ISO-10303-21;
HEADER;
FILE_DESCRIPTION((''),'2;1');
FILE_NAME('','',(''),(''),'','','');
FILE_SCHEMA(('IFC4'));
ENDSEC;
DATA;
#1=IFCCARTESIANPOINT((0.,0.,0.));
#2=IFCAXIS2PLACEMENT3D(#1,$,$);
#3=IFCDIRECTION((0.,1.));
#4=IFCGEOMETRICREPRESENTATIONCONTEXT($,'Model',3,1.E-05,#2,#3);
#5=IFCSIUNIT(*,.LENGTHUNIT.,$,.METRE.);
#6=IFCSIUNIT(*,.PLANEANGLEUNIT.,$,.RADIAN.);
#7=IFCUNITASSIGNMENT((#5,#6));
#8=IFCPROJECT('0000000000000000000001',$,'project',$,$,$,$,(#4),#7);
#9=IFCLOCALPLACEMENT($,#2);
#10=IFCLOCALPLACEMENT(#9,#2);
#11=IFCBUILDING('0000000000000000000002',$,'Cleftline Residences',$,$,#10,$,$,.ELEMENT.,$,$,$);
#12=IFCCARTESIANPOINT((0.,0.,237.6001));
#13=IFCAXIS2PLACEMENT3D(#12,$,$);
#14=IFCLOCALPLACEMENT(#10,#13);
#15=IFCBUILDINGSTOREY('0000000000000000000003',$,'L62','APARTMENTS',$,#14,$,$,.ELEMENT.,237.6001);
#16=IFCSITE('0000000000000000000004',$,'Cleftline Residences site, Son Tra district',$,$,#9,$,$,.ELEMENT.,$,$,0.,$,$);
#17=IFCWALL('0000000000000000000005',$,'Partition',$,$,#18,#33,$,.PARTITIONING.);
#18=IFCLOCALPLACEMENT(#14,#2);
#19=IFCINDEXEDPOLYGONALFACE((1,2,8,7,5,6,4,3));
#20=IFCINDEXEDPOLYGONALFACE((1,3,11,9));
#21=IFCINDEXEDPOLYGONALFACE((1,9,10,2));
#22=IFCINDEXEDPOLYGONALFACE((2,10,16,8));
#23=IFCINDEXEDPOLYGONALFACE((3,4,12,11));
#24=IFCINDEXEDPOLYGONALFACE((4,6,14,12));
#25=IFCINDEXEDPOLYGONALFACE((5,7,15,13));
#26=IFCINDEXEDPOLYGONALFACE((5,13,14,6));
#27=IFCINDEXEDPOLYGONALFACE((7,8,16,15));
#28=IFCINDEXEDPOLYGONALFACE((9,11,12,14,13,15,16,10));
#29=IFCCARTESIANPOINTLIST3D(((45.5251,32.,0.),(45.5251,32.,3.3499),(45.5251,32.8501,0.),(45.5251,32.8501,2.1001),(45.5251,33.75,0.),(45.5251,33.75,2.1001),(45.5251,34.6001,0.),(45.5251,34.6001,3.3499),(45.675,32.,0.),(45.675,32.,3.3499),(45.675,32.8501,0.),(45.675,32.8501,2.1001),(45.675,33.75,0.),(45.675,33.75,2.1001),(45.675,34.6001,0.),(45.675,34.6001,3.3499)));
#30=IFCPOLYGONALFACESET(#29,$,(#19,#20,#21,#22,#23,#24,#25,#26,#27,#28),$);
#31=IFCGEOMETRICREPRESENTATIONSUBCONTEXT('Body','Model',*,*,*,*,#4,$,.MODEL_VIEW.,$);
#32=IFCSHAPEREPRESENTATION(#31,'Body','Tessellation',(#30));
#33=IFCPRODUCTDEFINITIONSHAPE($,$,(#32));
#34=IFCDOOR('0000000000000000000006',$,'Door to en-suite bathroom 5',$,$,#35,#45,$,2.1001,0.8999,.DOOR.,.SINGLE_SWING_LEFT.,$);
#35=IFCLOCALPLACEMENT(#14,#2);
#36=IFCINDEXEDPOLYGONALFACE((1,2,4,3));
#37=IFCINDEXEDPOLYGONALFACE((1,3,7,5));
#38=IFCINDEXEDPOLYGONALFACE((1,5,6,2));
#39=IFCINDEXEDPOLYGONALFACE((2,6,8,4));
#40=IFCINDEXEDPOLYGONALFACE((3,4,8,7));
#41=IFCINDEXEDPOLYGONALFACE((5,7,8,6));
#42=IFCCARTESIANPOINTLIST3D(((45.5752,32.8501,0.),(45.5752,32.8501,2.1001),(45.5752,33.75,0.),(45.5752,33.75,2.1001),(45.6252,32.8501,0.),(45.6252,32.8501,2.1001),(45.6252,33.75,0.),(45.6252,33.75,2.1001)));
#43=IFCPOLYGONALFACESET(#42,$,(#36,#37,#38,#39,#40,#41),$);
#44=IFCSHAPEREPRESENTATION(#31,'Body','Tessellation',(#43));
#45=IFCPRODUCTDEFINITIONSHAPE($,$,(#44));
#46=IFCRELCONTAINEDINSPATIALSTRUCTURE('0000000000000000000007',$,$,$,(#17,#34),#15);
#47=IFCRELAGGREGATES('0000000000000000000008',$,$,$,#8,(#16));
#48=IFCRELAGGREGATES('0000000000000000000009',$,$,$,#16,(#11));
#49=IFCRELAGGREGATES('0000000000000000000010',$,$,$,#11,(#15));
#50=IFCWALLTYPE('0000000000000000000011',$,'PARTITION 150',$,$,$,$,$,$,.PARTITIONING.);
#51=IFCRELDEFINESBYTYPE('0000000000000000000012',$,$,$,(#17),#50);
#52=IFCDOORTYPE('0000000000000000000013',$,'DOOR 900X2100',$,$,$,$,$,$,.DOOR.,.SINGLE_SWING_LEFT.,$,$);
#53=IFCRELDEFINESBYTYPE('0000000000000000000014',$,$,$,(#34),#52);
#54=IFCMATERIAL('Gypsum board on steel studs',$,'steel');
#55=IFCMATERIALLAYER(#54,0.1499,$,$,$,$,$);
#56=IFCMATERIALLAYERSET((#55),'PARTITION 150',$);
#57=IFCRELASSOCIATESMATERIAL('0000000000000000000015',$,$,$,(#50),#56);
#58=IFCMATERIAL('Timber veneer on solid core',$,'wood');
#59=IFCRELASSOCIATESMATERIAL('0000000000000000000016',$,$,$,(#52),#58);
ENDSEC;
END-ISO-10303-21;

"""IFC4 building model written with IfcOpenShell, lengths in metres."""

from ifc_helpers import new_model, si_unit, direction, frame, frame_2d, origin, place, context, subcontext, project, spatial, rectangle, extrude, material, layer, layer_set, type_object, element, fill, save


model = new_model("IFC4")

# Units and contexts
model_context = context("Model", 3, precision=1e-05, world=origin(), true_north=direction((0.0, 1.0)))
body_context = subcontext(model_context, "Body", "Model", "MODEL_VIEW")
ifc_project = project(units=[si_unit("LENGTHUNIT", "METRE"), si_unit("PLANEANGLEUNIT", "RADIAN")], contexts=[model_context])

# Site, building, storey
site_placement = place(None, origin())
site = spatial("IfcSite", under=ifc_project, at=site_placement, Name="Cleftline Residences site, Son Tra district", CompositionType="ELEMENT", RefElevation=0.0)
building_placement = place(site_placement, origin())
building = spatial("IfcBuilding", under=site, at=building_placement, Name="Cleftline Residences", CompositionType="ELEMENT")
storey_placement = place(building_placement, frame((0.0, 0.0, 237.6001)))
storey = spatial("IfcBuildingStorey", under=building, at=storey_placement, Name="L62", Description="APARTMENTS", CompositionType="ELEMENT", Elevation=237.6001)

# Shared definitions
ifc_material_1 = material(Name="Gypsum board on steel studs", Category="steel")
ifc_layer_1 = layer(ifc_material_1, 0.1499)
ifc_layer_set_1 = layer_set([ifc_layer_1], Name="PARTITION 150")
wall_type = type_object("IfcWallType", Name="PARTITION 150", PredefinedType="PARTITIONING", material=ifc_layer_set_1)

# Shared definitions
ifc_material_2 = material(Name="Timber veneer on solid core", Category="wood")
door_type_1 = type_object("IfcDoorType", Name="DOOR 900X2100", OperationType="SINGLE_SWING_LEFT", PredefinedType="DOOR", material=ifc_material_2)

# Wall, opening, door
wall_1_placement = place(storey_placement, frame((45.6001, 32.0, 0.0), z_axis=(0.0, 0.0, 1.0), x_axis=(0.0, 1.0, 0.0)))
wall_1 = element("IfcWall", 1, at=wall_1_placement, inside=storey, type_object=wall_type, Name="Partition", PredefinedType="PARTITIONING", context=body_context, shape_type="SweptSolid", body=[
    extrude(rectangle(XDim=2.6001, YDim=0.1499, at=frame_2d((1.3, 0.0))), origin(), (0.0, 0.0, 1.0), 3.3499),
])
opening_1_placement = place(wall_1_placement, frame((0.8501, 0.0, 0.0)))
opening_1 = element("IfcOpeningElement", 2, at=opening_1_placement, cuts=wall_1, PredefinedType="OPENING", context=body_context, shape_type="SweptSolid", body=[
    extrude(rectangle(XDim=0.8999, YDim=2.1001, at=frame_2d((0.45, 1.05))), frame((0.0, 0.085, 0.0), z_axis=(0.0, -1.0, 0.0), x_axis=(1.0, 0.0, 0.0)), (0.0, 0.0, 1.0), 0.1699),
])
door_1_placement = place(opening_1_placement, origin())
door_1 = element("IfcDoor", 3, at=door_1_placement, inside=storey, type_object=door_type_1, Name="Door to en-suite bathroom 5", OperationType="SINGLE_SWING_LEFT", OverallHeight=2.1001, OverallWidth=0.8999, PredefinedType="DOOR", context=body_context, shape_type="SweptSolid", body=[
    extrude(rectangle(XDim=0.8999, YDim=2.1001, at=frame_2d((0.45, 1.05))), frame((0.0, 0.0249, 0.0), z_axis=(0.0, -1.0, 0.0), x_axis=(1.0, 0.0, 0.0)), (0.0, 0.0, 1.0), 0.05),
])
fill(opening_1, door_1)

save(model, "model.ifc")
